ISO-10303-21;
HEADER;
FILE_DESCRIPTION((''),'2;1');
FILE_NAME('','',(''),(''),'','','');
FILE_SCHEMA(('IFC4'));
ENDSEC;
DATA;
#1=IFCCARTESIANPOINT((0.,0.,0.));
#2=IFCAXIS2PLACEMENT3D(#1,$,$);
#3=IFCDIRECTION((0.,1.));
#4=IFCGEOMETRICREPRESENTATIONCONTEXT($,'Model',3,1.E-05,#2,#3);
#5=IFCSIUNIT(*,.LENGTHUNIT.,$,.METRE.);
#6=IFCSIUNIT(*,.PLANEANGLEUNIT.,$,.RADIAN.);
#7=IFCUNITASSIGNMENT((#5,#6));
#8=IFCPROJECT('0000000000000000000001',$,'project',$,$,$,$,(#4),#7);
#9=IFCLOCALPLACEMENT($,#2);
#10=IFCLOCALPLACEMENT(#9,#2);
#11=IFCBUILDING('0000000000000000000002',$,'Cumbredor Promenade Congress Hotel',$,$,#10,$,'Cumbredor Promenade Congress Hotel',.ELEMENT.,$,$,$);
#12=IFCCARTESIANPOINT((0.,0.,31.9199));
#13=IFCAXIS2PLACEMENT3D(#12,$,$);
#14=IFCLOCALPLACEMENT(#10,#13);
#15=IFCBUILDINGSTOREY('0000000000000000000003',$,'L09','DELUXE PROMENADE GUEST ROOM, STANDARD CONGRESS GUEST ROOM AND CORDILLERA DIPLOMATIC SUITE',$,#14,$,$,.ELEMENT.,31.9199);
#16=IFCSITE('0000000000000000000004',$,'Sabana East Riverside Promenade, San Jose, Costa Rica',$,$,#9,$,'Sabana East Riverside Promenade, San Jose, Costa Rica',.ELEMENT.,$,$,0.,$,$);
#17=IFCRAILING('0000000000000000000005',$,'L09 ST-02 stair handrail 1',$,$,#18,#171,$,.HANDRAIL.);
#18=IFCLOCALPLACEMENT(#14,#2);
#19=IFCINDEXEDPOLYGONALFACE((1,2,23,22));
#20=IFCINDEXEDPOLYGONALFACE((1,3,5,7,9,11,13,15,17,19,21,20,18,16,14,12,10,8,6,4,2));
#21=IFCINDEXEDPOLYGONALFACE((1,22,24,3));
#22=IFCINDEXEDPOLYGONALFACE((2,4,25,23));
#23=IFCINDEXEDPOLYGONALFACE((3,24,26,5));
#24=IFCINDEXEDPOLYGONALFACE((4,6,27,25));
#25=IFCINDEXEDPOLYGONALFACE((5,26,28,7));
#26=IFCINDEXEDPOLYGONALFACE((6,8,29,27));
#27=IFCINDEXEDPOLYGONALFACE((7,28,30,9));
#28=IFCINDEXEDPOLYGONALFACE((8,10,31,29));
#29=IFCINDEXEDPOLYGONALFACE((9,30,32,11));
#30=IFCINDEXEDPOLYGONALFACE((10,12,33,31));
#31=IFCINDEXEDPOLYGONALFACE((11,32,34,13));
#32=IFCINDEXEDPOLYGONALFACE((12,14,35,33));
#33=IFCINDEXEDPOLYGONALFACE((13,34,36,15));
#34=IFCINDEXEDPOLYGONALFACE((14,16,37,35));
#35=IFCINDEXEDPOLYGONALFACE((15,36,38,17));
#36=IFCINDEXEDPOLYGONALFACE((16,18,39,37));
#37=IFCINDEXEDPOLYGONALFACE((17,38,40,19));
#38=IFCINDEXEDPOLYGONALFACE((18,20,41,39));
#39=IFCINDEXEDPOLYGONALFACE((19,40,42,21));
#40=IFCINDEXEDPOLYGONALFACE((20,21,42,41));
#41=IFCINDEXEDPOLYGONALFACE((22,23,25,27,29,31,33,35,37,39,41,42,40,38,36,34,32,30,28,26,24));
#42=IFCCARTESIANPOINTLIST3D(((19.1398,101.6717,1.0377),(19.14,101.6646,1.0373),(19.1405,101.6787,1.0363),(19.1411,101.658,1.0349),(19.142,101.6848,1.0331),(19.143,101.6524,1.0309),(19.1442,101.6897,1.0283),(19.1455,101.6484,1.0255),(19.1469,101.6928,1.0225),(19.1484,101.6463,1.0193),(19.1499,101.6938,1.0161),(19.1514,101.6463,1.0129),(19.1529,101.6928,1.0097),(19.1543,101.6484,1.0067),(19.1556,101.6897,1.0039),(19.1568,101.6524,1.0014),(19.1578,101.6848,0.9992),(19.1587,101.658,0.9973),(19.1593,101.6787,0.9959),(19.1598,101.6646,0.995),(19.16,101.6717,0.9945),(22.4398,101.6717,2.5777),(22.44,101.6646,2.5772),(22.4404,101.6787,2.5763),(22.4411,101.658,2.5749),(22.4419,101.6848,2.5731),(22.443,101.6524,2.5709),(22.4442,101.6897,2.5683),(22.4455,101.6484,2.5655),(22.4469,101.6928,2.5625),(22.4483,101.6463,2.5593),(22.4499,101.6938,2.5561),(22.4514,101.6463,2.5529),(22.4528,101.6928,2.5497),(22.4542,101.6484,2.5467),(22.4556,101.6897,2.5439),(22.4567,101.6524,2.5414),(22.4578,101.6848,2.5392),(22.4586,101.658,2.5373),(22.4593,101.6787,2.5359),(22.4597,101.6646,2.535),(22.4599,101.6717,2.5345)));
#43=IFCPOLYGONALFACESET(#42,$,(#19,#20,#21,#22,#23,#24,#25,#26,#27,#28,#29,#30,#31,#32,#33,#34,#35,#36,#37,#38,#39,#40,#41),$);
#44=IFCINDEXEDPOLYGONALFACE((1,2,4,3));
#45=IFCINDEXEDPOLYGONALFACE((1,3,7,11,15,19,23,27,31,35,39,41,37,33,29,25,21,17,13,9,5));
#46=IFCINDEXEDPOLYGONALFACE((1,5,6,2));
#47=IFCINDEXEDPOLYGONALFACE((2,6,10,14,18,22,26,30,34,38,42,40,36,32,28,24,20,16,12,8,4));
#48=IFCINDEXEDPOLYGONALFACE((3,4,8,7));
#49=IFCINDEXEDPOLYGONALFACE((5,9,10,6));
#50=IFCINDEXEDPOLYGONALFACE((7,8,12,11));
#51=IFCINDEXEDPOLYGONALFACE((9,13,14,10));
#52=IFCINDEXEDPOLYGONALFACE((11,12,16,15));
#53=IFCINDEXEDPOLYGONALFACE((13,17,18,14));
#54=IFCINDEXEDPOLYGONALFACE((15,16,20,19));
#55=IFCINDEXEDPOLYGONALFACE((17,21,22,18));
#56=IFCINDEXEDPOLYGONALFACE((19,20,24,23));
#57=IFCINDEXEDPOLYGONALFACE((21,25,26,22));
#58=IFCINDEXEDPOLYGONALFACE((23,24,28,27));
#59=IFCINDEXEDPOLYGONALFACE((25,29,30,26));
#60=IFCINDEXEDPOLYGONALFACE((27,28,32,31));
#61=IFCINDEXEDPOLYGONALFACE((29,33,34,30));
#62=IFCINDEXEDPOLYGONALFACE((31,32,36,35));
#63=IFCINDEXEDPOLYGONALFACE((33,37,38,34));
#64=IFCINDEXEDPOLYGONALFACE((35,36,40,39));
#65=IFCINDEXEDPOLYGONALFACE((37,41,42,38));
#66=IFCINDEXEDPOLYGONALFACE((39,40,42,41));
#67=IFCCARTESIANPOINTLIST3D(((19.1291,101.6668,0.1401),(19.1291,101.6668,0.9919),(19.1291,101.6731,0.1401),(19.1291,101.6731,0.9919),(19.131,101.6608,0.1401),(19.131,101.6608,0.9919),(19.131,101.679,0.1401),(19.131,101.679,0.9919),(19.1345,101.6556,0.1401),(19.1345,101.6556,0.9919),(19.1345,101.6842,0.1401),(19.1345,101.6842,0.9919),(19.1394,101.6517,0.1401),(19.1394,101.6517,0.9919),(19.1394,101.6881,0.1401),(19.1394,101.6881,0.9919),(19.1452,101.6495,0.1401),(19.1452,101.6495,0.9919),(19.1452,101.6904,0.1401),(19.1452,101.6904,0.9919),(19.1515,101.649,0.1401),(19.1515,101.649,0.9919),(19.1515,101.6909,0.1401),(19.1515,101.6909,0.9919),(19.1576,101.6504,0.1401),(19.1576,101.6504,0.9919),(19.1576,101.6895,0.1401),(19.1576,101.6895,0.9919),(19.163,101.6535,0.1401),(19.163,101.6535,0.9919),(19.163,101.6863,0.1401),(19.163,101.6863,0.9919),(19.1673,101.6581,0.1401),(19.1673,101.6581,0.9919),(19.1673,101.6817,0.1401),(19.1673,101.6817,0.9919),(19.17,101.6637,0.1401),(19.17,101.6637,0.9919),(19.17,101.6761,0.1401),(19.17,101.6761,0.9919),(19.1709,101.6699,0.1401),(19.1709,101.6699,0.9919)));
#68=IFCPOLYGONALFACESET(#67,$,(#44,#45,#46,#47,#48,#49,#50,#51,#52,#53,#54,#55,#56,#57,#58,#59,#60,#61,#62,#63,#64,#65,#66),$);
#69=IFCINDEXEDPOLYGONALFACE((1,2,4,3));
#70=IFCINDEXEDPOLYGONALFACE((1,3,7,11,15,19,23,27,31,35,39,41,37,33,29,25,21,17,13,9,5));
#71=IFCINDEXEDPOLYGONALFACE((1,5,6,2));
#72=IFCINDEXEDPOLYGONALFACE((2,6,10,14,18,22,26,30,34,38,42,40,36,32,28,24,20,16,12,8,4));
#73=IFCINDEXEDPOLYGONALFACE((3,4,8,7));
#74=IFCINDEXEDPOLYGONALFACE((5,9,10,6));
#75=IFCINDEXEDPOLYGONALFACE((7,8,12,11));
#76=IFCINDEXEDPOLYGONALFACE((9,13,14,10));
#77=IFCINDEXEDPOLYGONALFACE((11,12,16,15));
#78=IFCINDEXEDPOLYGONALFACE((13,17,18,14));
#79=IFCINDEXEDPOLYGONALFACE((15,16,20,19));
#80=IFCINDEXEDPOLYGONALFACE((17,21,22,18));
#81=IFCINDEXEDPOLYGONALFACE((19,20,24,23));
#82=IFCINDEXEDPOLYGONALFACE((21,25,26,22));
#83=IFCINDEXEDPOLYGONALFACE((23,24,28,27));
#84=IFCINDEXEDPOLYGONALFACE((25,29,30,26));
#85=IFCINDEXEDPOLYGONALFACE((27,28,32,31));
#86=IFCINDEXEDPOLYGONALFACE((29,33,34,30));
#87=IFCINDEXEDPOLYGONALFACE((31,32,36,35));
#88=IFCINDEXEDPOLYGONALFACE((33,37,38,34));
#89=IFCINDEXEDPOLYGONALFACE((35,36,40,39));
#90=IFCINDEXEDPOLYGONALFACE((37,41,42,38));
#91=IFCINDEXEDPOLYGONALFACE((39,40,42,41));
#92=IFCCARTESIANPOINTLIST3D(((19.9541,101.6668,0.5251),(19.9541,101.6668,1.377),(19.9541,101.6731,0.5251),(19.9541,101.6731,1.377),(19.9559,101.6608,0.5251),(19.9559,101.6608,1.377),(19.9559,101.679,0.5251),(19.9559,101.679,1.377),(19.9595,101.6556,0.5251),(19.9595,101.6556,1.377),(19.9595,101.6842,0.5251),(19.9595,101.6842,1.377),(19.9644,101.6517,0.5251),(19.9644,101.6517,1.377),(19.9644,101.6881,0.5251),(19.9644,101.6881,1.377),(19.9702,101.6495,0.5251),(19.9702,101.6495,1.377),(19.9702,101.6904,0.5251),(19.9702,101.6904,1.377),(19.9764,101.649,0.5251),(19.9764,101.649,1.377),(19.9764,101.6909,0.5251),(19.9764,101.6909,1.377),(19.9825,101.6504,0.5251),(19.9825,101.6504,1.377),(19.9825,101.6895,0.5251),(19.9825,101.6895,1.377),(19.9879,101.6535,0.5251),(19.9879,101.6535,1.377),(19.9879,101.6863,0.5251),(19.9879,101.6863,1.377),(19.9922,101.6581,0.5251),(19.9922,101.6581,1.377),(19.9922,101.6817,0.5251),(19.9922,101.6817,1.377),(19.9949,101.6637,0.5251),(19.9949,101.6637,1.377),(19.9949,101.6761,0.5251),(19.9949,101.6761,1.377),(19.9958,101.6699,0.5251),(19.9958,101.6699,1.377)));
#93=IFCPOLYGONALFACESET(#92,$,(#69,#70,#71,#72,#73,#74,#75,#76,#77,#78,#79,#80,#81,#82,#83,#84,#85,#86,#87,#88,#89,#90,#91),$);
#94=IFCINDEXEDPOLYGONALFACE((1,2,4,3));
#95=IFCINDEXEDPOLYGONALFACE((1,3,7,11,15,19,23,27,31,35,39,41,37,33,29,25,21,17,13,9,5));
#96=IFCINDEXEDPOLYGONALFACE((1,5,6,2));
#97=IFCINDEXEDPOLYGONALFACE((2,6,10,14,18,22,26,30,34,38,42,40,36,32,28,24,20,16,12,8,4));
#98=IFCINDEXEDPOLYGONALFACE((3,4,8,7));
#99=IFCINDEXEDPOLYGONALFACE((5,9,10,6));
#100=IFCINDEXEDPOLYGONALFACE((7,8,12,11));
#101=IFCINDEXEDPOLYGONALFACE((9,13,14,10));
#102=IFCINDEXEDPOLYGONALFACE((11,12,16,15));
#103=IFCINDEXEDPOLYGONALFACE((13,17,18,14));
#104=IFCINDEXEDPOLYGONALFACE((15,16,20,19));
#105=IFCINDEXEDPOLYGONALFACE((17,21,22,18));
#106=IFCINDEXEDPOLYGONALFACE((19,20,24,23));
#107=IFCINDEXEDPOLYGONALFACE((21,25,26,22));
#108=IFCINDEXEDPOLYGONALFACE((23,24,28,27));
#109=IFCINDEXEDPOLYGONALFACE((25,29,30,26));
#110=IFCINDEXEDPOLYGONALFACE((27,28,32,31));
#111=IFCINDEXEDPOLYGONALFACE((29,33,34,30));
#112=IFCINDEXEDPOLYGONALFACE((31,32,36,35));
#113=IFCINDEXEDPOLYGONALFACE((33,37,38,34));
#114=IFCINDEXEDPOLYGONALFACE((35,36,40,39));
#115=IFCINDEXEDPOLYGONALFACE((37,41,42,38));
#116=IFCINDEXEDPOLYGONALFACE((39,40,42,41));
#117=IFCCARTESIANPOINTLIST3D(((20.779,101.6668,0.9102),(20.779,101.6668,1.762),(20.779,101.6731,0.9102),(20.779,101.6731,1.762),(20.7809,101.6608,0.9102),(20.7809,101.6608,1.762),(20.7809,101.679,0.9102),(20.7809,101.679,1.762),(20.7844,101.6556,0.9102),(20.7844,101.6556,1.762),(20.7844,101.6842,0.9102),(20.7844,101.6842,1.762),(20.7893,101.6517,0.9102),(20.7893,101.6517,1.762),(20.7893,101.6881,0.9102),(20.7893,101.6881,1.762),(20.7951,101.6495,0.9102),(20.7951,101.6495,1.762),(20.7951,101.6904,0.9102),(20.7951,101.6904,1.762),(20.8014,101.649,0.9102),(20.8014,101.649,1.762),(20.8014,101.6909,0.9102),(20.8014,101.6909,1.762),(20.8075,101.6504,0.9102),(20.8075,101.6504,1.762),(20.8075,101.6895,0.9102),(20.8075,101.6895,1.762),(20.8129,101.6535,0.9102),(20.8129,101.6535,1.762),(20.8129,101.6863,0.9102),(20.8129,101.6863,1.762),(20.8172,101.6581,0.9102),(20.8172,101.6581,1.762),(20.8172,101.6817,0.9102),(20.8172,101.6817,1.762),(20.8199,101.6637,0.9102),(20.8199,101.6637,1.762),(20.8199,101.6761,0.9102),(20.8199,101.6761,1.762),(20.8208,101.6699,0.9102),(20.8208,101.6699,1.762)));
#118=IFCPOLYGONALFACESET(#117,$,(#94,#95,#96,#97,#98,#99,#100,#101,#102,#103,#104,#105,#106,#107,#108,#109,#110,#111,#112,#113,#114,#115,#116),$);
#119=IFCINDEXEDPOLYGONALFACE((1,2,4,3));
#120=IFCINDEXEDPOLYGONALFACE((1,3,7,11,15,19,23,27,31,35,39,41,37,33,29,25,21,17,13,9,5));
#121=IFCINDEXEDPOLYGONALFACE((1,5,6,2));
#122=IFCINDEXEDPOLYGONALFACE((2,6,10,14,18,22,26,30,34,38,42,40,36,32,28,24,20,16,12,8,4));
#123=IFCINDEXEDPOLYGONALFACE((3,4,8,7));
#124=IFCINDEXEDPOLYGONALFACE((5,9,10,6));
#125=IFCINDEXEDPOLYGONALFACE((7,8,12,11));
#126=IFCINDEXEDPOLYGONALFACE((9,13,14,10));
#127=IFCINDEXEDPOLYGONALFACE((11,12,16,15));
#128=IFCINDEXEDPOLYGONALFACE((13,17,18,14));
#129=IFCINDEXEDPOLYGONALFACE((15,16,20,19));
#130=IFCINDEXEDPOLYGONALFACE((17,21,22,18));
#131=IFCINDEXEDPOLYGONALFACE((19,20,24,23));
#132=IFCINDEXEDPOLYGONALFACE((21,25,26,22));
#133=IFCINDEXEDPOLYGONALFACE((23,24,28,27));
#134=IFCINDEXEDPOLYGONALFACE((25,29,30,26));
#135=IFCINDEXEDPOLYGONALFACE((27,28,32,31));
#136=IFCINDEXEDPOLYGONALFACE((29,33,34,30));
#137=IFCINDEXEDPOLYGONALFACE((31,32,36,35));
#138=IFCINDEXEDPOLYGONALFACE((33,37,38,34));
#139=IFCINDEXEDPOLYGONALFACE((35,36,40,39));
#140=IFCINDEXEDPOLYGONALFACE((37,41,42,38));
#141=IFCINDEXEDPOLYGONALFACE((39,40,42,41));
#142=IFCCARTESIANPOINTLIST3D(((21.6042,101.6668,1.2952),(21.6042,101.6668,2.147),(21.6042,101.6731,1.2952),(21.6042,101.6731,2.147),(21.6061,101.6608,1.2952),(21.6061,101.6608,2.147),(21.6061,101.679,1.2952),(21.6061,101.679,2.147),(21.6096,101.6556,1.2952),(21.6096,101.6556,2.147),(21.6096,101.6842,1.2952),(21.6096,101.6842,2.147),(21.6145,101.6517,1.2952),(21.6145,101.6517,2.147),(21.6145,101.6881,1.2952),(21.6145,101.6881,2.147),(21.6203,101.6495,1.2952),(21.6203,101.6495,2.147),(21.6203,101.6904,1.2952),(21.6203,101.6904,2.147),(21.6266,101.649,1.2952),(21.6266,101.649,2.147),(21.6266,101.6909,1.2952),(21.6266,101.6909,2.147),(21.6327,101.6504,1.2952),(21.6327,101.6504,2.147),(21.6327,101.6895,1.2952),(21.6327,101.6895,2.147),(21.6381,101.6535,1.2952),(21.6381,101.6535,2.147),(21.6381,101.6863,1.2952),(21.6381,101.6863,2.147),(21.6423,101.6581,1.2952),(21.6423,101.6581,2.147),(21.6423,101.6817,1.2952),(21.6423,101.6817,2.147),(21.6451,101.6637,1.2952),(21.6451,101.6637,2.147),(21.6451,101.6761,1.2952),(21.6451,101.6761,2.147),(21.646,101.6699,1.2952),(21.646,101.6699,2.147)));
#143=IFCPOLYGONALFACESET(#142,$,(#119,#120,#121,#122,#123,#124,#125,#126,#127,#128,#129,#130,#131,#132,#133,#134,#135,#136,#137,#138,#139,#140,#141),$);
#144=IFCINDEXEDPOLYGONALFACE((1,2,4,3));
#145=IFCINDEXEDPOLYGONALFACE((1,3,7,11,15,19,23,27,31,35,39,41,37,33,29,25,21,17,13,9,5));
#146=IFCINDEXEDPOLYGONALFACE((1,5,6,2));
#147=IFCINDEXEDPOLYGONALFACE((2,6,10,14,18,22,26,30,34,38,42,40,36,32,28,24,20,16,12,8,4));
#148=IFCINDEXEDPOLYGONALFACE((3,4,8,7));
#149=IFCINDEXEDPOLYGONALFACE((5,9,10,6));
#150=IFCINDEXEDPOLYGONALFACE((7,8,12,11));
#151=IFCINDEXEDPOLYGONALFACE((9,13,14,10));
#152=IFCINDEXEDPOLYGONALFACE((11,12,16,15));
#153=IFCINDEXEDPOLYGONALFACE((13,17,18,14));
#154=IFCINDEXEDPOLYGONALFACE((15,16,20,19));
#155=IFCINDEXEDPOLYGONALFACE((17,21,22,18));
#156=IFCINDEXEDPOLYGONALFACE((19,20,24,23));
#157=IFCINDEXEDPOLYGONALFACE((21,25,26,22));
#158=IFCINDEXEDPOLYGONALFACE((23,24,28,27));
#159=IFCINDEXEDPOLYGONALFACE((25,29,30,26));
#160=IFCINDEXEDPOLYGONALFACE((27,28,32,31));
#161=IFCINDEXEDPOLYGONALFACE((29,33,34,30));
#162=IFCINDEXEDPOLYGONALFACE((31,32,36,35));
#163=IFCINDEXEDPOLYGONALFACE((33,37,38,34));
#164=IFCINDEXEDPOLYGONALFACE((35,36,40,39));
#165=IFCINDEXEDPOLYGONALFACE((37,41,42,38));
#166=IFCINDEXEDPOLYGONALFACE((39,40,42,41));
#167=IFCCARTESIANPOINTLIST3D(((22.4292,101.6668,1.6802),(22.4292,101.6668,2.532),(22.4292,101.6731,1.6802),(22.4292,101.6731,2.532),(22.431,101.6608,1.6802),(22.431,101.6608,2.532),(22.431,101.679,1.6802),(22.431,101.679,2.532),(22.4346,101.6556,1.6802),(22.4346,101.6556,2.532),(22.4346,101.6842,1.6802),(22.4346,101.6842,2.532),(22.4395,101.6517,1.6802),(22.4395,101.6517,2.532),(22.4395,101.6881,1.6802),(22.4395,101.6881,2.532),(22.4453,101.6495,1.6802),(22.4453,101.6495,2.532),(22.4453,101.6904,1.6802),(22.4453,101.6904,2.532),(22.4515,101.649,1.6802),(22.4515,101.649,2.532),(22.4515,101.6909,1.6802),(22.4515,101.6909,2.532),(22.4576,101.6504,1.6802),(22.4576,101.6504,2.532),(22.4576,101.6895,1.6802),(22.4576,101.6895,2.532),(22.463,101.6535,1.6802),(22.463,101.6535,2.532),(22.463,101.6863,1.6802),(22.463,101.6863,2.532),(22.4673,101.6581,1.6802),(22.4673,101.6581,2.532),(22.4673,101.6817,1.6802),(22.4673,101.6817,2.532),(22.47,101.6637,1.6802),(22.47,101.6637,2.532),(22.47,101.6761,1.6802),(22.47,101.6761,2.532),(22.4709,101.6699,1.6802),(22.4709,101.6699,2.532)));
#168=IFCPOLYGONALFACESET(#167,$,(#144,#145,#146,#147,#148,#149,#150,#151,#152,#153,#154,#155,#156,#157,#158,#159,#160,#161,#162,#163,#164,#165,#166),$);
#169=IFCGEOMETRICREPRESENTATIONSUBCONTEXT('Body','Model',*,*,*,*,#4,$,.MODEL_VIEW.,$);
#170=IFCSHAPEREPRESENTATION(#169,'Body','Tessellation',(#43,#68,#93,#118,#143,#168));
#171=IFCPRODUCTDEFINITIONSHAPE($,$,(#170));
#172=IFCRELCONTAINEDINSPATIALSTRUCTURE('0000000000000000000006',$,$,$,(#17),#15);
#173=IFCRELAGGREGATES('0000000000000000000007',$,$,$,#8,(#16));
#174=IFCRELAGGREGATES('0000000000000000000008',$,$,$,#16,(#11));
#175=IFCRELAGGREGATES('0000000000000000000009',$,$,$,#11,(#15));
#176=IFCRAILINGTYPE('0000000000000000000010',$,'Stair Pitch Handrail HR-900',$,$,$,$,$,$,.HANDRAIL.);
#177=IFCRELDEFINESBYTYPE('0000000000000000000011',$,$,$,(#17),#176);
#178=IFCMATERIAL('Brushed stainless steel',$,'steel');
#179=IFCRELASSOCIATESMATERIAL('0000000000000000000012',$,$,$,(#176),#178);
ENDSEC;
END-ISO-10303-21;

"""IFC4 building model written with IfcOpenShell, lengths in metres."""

from ifc_helpers import new_model, si_unit, direction, frame, origin, origin_2d, place, context, subcontext, project, spatial, circle, extrude, material, type_object, element, save


model = new_model("IFC4")

# Units and contexts
model_context = context("Model", 3, precision=1e-05, world=origin(), true_north=direction((0.0, 1.0)))
body_context = subcontext(model_context, "Body", "Model", "MODEL_VIEW")
ifc_project = project(units=[si_unit("LENGTHUNIT", "METRE"), si_unit("PLANEANGLEUNIT", "RADIAN")], contexts=[model_context])

# Site, building, storey
site_placement = place(None, origin())
site = spatial("IfcSite", under=ifc_project, at=site_placement, Name="Sabana East Riverside Promenade, San Jose, Costa Rica", LongName="Sabana East Riverside Promenade, San Jose, Costa Rica", CompositionType="ELEMENT", RefElevation=0.0)
building_placement = place(site_placement, origin())
building = spatial("IfcBuilding", under=site, at=building_placement, Name="Cumbredor Promenade Congress Hotel", LongName="Cumbredor Promenade Congress Hotel", CompositionType="ELEMENT")
storey_placement = place(building_placement, frame((0.0, 0.0, 31.9199)))
storey = spatial("IfcBuildingStorey", under=building, at=storey_placement, Name="L09", Description="DELUXE PROMENADE GUEST ROOM, STANDARD CONGRESS GUEST ROOM AND CORDILLERA DIPLOMATIC SUITE", CompositionType="ELEMENT", Elevation=31.9199)

# Railing
ifc_material_1 = material(Name="Brushed stainless steel", Category="steel")
railing_type_1 = type_object("IfcRailingType", Name="Stair Pitch Handrail HR-900", PredefinedType="HANDRAIL", material=ifc_material_1)
railing_1_placement = place(storey_placement, frame((19.1499, 101.6699, 0.1401)))
element("IfcRailing", 1, at=railing_1_placement, inside=storey, type_object=railing_type_1, Name="L09 ST-02 stair handrail 1", PredefinedType="HANDRAIL", context=body_context, shape_type="SweptSolid", body=[
    extrude(circle(Radius=0.0239, at=origin_2d()), frame((0.0, 0.0, 0.876), z_axis=(0.906181, 0.0, 0.422889), x_axis=(0.0, 1.0, 0.0)), (0.0, 0.0, 1.0), 3.6416),
    extrude(circle(Radius=0.021, at=origin_2d()), origin(), (0.0, 0.0, 1.0), 0.8518),
    extrude(circle(Radius=0.021, at=origin_2d()), frame((0.825, 0.0, 0.385)), (0.0, 0.0, 1.0), 0.8518),
    extrude(circle(Radius=0.021, at=origin_2d()), frame((1.6499, 0.0, 0.77)), (0.0, 0.0, 1.0), 0.8518),
    extrude(circle(Radius=0.021, at=origin_2d()), frame((2.4751, 0.0, 1.155)), (0.0, 0.0, 1.0), 0.8518),
    extrude(circle(Radius=0.021, at=origin_2d()), frame((3.3, 0.0, 1.54)), (0.0, 0.0, 1.0), 0.8518),
])

save(model, "model.ifc")
